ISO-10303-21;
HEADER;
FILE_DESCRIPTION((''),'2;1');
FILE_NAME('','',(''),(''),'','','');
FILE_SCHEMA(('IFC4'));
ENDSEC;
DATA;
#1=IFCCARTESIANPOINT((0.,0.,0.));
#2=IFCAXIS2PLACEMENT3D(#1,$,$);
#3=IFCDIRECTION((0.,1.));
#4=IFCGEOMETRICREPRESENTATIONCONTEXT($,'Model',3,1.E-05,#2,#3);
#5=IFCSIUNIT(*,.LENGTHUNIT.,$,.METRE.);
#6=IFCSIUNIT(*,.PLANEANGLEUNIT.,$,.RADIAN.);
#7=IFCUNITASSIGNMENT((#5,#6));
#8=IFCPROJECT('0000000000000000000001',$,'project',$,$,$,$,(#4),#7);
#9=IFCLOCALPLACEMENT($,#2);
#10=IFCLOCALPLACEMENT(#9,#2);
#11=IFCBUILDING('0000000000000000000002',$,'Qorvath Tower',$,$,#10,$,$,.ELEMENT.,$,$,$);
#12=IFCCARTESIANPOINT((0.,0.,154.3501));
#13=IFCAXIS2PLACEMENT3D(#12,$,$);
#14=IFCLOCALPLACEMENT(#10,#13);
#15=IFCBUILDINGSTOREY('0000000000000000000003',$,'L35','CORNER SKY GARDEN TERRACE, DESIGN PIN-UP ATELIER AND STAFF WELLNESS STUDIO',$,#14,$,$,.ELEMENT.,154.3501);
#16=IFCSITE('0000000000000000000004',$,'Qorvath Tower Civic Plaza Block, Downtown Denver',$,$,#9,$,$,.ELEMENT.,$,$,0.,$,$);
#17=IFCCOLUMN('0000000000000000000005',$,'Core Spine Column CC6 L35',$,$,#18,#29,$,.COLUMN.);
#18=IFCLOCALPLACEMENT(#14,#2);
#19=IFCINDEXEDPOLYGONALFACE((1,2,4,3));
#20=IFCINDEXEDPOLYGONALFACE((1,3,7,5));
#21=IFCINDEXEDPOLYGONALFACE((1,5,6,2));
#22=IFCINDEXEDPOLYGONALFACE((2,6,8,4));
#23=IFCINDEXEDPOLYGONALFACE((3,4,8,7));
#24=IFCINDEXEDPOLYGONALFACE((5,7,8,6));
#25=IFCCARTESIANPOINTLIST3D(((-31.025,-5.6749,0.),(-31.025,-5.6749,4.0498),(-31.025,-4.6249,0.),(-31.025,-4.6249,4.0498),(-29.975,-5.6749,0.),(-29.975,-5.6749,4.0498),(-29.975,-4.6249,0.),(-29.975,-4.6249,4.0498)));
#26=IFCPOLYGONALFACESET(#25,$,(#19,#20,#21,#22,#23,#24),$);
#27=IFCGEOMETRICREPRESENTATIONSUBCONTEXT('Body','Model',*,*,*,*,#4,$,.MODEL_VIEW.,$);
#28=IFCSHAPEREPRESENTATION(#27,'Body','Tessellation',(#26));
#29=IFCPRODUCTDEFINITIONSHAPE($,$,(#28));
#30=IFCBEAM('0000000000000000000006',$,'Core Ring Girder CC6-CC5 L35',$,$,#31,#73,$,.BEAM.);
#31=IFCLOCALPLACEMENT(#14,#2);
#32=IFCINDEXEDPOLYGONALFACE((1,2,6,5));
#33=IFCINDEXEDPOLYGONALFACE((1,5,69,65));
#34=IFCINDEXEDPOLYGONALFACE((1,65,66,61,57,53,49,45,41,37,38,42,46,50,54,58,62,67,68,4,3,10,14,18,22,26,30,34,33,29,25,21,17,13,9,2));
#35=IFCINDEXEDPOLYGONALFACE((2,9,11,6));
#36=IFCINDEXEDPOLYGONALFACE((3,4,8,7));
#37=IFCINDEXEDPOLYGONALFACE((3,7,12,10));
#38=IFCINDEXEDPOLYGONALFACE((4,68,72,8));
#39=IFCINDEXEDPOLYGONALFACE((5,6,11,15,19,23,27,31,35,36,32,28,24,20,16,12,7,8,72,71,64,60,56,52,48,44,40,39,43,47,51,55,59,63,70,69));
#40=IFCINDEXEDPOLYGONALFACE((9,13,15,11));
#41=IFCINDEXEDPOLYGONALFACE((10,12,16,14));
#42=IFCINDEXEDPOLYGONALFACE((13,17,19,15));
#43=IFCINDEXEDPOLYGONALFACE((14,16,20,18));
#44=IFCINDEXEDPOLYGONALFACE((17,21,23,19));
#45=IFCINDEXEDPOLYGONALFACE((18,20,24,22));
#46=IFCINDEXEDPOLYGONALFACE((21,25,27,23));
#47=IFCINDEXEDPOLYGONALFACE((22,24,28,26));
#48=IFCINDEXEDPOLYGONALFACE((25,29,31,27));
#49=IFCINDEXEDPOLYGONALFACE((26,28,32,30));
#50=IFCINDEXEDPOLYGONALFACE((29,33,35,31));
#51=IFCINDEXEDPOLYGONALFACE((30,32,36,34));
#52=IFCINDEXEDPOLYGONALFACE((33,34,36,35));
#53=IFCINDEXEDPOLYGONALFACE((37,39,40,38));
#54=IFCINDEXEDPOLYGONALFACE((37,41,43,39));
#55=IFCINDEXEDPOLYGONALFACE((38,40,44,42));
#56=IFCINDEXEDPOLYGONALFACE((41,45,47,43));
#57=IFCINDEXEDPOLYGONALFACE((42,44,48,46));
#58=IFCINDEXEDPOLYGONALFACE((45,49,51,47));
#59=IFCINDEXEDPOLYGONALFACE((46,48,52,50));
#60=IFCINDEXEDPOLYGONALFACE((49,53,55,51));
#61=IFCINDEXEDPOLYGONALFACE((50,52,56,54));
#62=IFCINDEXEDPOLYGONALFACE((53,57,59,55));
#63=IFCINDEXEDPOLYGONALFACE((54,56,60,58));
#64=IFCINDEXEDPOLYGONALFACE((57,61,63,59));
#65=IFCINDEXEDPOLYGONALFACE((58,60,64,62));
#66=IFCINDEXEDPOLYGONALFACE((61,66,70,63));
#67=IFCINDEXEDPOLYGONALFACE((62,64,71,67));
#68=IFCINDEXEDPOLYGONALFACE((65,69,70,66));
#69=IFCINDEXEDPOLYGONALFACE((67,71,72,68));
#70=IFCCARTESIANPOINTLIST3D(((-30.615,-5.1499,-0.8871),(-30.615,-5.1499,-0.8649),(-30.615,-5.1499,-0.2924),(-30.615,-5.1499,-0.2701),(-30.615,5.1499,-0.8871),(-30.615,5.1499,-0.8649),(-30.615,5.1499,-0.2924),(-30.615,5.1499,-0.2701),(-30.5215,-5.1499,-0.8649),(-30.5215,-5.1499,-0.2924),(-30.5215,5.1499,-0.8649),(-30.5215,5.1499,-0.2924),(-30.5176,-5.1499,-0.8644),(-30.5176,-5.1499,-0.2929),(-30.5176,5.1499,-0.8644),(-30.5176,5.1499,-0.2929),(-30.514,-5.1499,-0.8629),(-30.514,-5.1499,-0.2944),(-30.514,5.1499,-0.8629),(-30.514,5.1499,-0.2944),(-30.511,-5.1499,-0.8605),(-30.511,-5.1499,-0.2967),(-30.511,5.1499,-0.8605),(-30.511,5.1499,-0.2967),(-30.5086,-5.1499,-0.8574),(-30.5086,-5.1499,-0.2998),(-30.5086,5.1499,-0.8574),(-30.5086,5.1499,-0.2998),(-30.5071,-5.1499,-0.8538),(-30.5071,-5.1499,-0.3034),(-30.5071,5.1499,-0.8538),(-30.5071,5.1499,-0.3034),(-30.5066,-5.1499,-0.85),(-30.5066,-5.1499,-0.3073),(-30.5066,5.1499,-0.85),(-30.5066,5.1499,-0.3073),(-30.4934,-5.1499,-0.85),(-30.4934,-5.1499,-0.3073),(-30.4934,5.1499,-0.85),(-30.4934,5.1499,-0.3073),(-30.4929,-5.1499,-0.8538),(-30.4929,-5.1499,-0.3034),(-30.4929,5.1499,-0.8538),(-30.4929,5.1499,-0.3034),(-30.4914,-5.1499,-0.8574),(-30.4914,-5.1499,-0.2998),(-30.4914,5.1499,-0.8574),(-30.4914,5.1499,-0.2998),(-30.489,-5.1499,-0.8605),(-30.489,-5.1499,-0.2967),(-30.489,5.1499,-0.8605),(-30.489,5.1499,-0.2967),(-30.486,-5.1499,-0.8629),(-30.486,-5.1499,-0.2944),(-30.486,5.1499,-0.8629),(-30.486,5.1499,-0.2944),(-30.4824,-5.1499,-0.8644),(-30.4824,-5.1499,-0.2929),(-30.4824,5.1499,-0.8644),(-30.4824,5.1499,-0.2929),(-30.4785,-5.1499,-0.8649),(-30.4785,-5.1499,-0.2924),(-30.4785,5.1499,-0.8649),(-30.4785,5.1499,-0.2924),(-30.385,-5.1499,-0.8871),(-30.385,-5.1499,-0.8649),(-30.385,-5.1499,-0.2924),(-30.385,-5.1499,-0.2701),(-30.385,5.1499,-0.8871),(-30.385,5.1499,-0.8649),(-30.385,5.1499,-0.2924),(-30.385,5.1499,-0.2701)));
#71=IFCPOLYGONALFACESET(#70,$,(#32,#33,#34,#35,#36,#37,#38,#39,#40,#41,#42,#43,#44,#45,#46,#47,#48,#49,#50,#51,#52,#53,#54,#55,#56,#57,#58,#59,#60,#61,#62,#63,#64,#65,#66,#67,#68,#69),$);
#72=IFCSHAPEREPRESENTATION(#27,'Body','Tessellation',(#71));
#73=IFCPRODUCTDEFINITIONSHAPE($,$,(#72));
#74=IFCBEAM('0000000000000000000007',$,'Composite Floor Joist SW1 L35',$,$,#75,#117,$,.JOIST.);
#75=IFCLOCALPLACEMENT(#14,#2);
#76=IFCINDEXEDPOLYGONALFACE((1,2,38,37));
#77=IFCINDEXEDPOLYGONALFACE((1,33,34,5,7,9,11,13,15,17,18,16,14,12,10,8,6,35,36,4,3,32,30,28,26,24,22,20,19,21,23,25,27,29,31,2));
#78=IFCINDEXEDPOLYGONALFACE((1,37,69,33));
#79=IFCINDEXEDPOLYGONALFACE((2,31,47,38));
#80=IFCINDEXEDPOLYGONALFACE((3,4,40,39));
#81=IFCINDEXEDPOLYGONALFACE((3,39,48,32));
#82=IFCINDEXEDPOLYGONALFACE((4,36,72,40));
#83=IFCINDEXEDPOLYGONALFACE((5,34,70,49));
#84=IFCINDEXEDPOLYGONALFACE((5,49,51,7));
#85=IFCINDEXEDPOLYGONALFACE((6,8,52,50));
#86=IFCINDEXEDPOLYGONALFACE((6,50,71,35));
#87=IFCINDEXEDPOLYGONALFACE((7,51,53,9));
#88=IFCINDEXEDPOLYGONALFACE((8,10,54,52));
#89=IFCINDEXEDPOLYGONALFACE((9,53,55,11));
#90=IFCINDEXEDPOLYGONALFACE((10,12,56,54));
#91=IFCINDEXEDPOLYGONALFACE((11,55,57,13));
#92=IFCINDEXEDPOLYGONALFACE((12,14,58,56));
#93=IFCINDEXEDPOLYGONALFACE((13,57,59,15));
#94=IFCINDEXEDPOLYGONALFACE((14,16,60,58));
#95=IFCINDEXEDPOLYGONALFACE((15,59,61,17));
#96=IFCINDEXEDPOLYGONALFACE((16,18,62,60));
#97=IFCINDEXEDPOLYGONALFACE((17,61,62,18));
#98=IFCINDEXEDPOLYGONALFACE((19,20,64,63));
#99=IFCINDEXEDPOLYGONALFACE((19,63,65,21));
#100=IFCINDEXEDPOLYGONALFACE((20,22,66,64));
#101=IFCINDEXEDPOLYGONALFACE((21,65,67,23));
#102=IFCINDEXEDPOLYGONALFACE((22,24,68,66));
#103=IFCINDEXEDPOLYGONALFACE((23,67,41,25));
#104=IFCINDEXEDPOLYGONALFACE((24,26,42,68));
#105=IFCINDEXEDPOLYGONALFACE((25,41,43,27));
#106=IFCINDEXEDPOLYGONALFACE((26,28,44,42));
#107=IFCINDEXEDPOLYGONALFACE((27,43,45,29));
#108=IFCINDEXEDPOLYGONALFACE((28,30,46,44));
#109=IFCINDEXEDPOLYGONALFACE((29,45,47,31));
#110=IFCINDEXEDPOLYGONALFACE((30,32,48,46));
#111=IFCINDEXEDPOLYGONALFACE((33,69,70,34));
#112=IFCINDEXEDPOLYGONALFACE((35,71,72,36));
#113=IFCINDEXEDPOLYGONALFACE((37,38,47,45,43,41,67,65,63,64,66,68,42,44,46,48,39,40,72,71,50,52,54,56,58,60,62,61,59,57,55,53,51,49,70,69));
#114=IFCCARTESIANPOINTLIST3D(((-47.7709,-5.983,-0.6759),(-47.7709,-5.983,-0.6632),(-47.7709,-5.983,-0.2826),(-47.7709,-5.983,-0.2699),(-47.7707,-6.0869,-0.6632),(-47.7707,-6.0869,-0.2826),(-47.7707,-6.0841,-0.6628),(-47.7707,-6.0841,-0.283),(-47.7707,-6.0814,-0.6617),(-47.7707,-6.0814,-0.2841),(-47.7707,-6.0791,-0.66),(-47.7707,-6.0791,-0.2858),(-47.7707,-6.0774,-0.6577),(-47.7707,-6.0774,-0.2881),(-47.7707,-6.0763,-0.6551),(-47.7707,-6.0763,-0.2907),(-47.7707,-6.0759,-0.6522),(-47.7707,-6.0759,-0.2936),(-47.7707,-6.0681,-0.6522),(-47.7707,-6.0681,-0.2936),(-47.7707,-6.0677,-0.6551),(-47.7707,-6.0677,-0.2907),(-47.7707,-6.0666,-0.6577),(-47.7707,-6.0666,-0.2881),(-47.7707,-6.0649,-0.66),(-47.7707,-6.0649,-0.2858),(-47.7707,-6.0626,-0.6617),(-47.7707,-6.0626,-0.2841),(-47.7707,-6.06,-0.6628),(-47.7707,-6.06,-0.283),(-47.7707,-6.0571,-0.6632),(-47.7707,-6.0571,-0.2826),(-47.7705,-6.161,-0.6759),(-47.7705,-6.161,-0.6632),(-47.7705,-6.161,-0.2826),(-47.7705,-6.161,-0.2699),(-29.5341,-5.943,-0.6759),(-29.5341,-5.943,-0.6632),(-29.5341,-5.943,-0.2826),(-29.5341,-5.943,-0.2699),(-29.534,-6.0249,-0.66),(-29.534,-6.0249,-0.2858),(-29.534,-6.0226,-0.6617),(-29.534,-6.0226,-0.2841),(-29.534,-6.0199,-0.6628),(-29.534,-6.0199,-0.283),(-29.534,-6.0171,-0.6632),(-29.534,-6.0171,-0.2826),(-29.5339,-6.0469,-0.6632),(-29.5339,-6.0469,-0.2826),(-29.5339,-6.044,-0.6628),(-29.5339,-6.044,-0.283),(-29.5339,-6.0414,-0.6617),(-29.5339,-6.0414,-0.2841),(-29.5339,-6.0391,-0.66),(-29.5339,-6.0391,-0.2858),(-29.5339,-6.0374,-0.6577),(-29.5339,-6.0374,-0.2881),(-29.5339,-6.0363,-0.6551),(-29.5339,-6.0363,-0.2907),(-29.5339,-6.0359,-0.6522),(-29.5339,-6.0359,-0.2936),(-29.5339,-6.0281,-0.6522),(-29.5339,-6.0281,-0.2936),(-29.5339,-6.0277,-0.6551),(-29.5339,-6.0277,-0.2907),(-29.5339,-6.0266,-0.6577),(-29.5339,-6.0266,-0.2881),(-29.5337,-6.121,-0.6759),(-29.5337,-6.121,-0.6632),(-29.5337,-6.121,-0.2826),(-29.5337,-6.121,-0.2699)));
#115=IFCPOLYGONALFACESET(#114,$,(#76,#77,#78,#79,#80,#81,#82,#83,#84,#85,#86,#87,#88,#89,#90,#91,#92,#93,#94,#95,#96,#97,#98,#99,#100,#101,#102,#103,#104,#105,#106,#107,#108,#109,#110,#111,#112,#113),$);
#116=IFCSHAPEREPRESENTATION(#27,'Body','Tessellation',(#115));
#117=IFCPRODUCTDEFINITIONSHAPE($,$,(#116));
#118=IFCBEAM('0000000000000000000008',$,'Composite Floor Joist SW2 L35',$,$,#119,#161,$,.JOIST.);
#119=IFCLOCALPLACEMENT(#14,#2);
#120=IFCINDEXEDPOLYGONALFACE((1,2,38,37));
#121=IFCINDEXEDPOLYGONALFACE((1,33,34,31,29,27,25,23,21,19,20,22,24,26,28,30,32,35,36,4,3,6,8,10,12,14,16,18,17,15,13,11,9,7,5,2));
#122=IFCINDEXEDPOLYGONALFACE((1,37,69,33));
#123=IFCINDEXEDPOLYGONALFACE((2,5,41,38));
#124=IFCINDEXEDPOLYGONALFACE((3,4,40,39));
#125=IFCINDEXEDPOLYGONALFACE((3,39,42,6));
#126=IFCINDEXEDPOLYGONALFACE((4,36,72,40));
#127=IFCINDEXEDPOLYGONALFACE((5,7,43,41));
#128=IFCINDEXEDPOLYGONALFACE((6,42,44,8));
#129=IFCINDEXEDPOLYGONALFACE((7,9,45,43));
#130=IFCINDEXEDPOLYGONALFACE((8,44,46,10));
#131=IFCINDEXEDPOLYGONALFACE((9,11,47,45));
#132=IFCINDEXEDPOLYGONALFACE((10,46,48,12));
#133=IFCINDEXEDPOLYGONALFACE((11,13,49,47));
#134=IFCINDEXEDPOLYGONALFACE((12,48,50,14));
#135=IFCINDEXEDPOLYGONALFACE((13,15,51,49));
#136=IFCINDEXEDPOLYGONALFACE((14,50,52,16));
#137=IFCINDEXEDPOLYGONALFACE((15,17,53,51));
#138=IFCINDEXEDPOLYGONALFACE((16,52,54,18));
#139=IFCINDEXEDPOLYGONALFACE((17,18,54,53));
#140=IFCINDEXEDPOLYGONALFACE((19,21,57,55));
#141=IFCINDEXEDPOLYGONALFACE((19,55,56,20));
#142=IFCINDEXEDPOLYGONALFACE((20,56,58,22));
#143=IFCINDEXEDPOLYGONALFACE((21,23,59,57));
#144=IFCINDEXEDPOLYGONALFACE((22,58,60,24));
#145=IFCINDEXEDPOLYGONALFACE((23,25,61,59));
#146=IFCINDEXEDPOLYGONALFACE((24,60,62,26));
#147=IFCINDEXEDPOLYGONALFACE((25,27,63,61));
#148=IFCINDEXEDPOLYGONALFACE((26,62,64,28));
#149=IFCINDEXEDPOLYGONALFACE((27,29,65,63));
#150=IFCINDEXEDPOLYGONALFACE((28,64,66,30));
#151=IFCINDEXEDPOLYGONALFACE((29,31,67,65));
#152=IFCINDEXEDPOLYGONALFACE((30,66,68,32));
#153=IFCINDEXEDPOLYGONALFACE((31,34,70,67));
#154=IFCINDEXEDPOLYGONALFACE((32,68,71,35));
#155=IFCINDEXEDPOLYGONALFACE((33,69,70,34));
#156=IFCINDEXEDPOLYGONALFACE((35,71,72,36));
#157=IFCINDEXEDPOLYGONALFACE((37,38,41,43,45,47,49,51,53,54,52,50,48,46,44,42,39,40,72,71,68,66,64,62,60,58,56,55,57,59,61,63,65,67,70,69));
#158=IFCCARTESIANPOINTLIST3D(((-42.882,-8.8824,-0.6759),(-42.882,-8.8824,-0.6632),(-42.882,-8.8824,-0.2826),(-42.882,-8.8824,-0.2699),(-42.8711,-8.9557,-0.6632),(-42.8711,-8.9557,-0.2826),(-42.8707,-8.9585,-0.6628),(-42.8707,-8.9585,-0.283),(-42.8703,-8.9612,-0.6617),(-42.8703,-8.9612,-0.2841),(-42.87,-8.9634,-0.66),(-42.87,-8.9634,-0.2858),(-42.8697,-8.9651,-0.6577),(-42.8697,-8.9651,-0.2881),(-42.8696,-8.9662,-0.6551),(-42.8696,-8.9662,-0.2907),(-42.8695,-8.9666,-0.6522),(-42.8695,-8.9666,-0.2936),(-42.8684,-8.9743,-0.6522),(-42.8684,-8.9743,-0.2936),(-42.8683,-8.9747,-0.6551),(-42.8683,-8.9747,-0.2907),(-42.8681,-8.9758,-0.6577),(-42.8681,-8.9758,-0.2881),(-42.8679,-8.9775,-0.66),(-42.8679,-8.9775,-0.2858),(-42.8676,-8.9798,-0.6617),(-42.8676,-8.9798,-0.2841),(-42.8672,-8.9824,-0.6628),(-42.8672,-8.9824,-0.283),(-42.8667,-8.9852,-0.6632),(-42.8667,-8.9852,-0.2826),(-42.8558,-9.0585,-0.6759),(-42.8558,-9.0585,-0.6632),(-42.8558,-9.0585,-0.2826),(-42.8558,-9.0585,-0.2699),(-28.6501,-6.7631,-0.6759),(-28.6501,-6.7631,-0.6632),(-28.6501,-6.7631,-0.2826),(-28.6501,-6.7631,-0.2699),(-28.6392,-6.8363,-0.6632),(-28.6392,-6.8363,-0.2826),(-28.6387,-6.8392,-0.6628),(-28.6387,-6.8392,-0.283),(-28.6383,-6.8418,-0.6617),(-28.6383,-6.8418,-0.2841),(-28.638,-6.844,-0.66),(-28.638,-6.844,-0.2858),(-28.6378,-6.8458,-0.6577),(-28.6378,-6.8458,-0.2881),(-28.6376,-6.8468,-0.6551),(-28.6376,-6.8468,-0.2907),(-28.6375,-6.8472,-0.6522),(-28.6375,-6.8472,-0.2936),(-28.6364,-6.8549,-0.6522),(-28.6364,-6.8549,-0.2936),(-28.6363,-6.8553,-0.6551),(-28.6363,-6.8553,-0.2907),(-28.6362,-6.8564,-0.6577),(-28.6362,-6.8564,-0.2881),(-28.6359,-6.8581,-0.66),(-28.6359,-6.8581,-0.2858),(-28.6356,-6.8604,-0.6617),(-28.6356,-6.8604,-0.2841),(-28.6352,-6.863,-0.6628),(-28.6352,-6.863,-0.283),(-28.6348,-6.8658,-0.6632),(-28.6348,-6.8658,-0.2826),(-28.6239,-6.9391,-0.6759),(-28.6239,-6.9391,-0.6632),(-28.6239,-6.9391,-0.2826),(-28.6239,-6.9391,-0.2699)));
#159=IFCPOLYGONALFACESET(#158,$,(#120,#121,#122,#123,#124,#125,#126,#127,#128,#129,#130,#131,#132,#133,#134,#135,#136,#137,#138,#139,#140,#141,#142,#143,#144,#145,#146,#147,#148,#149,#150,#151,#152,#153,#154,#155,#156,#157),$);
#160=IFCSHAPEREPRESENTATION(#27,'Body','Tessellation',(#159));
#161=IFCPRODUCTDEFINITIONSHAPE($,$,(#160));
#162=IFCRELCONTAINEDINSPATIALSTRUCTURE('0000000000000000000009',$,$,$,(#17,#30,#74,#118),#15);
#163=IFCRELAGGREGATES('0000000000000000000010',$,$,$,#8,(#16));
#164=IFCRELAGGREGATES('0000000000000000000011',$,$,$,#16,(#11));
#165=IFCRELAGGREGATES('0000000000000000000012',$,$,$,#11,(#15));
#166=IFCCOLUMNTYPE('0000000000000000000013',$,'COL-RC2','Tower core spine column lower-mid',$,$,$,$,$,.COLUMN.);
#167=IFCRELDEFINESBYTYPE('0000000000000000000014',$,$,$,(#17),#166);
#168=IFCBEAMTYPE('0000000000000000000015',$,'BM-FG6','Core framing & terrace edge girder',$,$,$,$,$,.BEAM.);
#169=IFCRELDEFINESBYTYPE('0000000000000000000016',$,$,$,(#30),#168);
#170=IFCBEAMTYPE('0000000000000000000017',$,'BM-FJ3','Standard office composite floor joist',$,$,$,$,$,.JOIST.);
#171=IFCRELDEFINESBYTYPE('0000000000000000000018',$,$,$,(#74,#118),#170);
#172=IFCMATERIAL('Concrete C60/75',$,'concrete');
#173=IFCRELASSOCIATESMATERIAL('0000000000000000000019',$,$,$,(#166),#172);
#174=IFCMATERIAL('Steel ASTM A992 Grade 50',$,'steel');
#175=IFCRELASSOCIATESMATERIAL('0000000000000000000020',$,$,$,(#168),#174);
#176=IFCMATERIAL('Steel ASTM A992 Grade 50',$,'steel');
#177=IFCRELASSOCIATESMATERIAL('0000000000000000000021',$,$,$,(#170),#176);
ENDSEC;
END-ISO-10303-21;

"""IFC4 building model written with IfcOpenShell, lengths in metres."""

from ifc_helpers import new_model, si_unit, direction, frame, origin, origin_2d, place, context, subcontext, project, spatial, rectangle, i_section, extrude, material, material_profile, profile_set, type_object, element, save


model = new_model("IFC4")

# Units and contexts
model_context = context("Model", 3, precision=1e-05, world=origin(), true_north=direction((0.0, 1.0)))
body_context = subcontext(model_context, "Body", "Model", "MODEL_VIEW")
ifc_project = project(units=[si_unit("LENGTHUNIT", "METRE"), si_unit("PLANEANGLEUNIT", "RADIAN")], contexts=[model_context])

# Site, building, storey
site_placement = place(None, origin())
site = spatial("IfcSite", under=ifc_project, at=site_placement, Name="Qorvath Tower Civic Plaza Block, Downtown Denver", CompositionType="ELEMENT", RefElevation=0.0)
building_placement = place(site_placement, origin())
building = spatial("IfcBuilding", under=site, at=building_placement, Name="Qorvath Tower", CompositionType="ELEMENT")
storey_placement = place(building_placement, frame((0.0, 0.0, 154.3501)))
storey = spatial("IfcBuildingStorey", under=building, at=storey_placement, Name="L35", Description="CORNER SKY GARDEN TERRACE, DESIGN PIN-UP ATELIER AND STAFF WELLNESS STUDIO", CompositionType="ELEMENT", Elevation=154.3501)

# Column
ifc_material_1 = material(Name="Concrete C60/75", Category="concrete")
ifc_material_profile_1 = material_profile(ifc_material_1, rectangle(XDim=1.05, YDim=1.05, at=origin_2d()), Name="RC 1050x1050")
ifc_profile_set_1 = profile_set([ifc_material_profile_1], Name="Concrete C60/75")
column_type = type_object("IfcColumnType", Name="COL-RC2", Description="Tower core spine column lower-mid", PredefinedType="COLUMN", material=ifc_profile_set_1)
column_placement = place(storey_placement, frame((-30.5, -5.1499, 0.0), z_axis=(0.0, 0.0, 1.0), x_axis=(1.0, 0.0, 0.0)))
element("IfcColumn", 1, at=column_placement, inside=storey, type_object=column_type, Name="Core Spine Column CC6 L35", PredefinedType="COLUMN", context=body_context, shape_type="SweptSolid", body=[
    extrude(rectangle(XDim=1.05, YDim=1.05, at=origin_2d()), origin(), (0.0, 0.0, 1.0), 4.0498),
])

# Beams
ifc_material_2 = material(Name="Steel ASTM A992 Grade 50", Category="steel")
ifc_material_profile_2 = material_profile(ifc_material_2, i_section(OverallWidth=0.23, OverallDepth=0.6169, WebThickness=0.0132, FlangeThickness=0.0222, FilletRadius=0.0149, at=origin_2d()), Name="W24x94")
ifc_profile_set_2 = profile_set([ifc_material_profile_2], Name="Steel ASTM A992 Grade 50")
beam_type_1 = type_object("IfcBeamType", Name="BM-FG6", Description="Core framing & terrace edge girder", PredefinedType="BEAM", material=ifc_profile_set_2)
beam_1_placement = place(storey_placement, frame((-30.5, -5.1499, -0.5786), z_axis=(0.0, 1.0, 0.0), x_axis=(-1.0, 0.0, 0.0)))
element("IfcBeam", 2, at=beam_1_placement, inside=storey, type_object=beam_type_1, Name="Core Ring Girder CC6-CC5 L35", PredefinedType="BEAM", context=body_context, shape_type="SweptSolid", body=[
    extrude(i_section(OverallWidth=0.23, OverallDepth=0.6169, WebThickness=0.0132, FlangeThickness=0.0222, FilletRadius=0.0149, at=origin_2d()), origin(), (0.0, 0.0, 1.0), 10.2998),
])
ifc_material_3 = material(Name="Steel ASTM A992 Grade 50", Category="steel")
ifc_material_profile_3 = material_profile(ifc_material_3, i_section(OverallWidth=0.178, OverallDepth=0.406, WebThickness=0.0078, FlangeThickness=0.0127, FilletRadius=0.011, at=origin_2d()), Name="W16x40")
ifc_profile_set_3 = profile_set([ifc_material_profile_3], Name="Steel ASTM A992 Grade 50")
beam_type_2 = type_object("IfcBeamType", Name="BM-FJ3", Description="Standard office composite floor joist", PredefinedType="JOIST", material=ifc_profile_set_3)
beam_2_placement = place(storey_placement, frame((-29.5339, -6.032, -0.4729), z_axis=(-0.999998, -0.002196, 0.0), x_axis=(0.002196, -0.999998, 0.0)))
element("IfcBeam", 3, at=beam_2_placement, inside=storey, type_object=beam_type_2, Name="Composite Floor Joist SW1 L35", PredefinedType="JOIST", context=body_context, shape_type="SweptSolid", body=[
    extrude(i_section(OverallWidth=0.178, OverallDepth=0.406, WebThickness=0.0078, FlangeThickness=0.0127, FilletRadius=0.011, at=origin_2d()), origin(), (0.0, 0.0, 1.0), 18.2368),
])
beam_3_placement = place(storey_placement, frame((-28.637, -6.8511, -0.4729), z_axis=(-0.989093, -0.147293, 0.0), x_axis=(0.147293, -0.989093, 0.0)))
element("IfcBeam", 4, at=beam_3_placement, inside=storey, type_object=beam_type_2, Name="Composite Floor Joist SW2 L35", PredefinedType="JOIST", context=body_context, shape_type="SweptSolid", body=[
    extrude(i_section(OverallWidth=0.178, OverallDepth=0.406, WebThickness=0.0078, FlangeThickness=0.0127, FilletRadius=0.011, at=origin_2d()), origin(), (0.0, 0.0, 1.0), 14.3889),
])

save(model, "model.ifc")
